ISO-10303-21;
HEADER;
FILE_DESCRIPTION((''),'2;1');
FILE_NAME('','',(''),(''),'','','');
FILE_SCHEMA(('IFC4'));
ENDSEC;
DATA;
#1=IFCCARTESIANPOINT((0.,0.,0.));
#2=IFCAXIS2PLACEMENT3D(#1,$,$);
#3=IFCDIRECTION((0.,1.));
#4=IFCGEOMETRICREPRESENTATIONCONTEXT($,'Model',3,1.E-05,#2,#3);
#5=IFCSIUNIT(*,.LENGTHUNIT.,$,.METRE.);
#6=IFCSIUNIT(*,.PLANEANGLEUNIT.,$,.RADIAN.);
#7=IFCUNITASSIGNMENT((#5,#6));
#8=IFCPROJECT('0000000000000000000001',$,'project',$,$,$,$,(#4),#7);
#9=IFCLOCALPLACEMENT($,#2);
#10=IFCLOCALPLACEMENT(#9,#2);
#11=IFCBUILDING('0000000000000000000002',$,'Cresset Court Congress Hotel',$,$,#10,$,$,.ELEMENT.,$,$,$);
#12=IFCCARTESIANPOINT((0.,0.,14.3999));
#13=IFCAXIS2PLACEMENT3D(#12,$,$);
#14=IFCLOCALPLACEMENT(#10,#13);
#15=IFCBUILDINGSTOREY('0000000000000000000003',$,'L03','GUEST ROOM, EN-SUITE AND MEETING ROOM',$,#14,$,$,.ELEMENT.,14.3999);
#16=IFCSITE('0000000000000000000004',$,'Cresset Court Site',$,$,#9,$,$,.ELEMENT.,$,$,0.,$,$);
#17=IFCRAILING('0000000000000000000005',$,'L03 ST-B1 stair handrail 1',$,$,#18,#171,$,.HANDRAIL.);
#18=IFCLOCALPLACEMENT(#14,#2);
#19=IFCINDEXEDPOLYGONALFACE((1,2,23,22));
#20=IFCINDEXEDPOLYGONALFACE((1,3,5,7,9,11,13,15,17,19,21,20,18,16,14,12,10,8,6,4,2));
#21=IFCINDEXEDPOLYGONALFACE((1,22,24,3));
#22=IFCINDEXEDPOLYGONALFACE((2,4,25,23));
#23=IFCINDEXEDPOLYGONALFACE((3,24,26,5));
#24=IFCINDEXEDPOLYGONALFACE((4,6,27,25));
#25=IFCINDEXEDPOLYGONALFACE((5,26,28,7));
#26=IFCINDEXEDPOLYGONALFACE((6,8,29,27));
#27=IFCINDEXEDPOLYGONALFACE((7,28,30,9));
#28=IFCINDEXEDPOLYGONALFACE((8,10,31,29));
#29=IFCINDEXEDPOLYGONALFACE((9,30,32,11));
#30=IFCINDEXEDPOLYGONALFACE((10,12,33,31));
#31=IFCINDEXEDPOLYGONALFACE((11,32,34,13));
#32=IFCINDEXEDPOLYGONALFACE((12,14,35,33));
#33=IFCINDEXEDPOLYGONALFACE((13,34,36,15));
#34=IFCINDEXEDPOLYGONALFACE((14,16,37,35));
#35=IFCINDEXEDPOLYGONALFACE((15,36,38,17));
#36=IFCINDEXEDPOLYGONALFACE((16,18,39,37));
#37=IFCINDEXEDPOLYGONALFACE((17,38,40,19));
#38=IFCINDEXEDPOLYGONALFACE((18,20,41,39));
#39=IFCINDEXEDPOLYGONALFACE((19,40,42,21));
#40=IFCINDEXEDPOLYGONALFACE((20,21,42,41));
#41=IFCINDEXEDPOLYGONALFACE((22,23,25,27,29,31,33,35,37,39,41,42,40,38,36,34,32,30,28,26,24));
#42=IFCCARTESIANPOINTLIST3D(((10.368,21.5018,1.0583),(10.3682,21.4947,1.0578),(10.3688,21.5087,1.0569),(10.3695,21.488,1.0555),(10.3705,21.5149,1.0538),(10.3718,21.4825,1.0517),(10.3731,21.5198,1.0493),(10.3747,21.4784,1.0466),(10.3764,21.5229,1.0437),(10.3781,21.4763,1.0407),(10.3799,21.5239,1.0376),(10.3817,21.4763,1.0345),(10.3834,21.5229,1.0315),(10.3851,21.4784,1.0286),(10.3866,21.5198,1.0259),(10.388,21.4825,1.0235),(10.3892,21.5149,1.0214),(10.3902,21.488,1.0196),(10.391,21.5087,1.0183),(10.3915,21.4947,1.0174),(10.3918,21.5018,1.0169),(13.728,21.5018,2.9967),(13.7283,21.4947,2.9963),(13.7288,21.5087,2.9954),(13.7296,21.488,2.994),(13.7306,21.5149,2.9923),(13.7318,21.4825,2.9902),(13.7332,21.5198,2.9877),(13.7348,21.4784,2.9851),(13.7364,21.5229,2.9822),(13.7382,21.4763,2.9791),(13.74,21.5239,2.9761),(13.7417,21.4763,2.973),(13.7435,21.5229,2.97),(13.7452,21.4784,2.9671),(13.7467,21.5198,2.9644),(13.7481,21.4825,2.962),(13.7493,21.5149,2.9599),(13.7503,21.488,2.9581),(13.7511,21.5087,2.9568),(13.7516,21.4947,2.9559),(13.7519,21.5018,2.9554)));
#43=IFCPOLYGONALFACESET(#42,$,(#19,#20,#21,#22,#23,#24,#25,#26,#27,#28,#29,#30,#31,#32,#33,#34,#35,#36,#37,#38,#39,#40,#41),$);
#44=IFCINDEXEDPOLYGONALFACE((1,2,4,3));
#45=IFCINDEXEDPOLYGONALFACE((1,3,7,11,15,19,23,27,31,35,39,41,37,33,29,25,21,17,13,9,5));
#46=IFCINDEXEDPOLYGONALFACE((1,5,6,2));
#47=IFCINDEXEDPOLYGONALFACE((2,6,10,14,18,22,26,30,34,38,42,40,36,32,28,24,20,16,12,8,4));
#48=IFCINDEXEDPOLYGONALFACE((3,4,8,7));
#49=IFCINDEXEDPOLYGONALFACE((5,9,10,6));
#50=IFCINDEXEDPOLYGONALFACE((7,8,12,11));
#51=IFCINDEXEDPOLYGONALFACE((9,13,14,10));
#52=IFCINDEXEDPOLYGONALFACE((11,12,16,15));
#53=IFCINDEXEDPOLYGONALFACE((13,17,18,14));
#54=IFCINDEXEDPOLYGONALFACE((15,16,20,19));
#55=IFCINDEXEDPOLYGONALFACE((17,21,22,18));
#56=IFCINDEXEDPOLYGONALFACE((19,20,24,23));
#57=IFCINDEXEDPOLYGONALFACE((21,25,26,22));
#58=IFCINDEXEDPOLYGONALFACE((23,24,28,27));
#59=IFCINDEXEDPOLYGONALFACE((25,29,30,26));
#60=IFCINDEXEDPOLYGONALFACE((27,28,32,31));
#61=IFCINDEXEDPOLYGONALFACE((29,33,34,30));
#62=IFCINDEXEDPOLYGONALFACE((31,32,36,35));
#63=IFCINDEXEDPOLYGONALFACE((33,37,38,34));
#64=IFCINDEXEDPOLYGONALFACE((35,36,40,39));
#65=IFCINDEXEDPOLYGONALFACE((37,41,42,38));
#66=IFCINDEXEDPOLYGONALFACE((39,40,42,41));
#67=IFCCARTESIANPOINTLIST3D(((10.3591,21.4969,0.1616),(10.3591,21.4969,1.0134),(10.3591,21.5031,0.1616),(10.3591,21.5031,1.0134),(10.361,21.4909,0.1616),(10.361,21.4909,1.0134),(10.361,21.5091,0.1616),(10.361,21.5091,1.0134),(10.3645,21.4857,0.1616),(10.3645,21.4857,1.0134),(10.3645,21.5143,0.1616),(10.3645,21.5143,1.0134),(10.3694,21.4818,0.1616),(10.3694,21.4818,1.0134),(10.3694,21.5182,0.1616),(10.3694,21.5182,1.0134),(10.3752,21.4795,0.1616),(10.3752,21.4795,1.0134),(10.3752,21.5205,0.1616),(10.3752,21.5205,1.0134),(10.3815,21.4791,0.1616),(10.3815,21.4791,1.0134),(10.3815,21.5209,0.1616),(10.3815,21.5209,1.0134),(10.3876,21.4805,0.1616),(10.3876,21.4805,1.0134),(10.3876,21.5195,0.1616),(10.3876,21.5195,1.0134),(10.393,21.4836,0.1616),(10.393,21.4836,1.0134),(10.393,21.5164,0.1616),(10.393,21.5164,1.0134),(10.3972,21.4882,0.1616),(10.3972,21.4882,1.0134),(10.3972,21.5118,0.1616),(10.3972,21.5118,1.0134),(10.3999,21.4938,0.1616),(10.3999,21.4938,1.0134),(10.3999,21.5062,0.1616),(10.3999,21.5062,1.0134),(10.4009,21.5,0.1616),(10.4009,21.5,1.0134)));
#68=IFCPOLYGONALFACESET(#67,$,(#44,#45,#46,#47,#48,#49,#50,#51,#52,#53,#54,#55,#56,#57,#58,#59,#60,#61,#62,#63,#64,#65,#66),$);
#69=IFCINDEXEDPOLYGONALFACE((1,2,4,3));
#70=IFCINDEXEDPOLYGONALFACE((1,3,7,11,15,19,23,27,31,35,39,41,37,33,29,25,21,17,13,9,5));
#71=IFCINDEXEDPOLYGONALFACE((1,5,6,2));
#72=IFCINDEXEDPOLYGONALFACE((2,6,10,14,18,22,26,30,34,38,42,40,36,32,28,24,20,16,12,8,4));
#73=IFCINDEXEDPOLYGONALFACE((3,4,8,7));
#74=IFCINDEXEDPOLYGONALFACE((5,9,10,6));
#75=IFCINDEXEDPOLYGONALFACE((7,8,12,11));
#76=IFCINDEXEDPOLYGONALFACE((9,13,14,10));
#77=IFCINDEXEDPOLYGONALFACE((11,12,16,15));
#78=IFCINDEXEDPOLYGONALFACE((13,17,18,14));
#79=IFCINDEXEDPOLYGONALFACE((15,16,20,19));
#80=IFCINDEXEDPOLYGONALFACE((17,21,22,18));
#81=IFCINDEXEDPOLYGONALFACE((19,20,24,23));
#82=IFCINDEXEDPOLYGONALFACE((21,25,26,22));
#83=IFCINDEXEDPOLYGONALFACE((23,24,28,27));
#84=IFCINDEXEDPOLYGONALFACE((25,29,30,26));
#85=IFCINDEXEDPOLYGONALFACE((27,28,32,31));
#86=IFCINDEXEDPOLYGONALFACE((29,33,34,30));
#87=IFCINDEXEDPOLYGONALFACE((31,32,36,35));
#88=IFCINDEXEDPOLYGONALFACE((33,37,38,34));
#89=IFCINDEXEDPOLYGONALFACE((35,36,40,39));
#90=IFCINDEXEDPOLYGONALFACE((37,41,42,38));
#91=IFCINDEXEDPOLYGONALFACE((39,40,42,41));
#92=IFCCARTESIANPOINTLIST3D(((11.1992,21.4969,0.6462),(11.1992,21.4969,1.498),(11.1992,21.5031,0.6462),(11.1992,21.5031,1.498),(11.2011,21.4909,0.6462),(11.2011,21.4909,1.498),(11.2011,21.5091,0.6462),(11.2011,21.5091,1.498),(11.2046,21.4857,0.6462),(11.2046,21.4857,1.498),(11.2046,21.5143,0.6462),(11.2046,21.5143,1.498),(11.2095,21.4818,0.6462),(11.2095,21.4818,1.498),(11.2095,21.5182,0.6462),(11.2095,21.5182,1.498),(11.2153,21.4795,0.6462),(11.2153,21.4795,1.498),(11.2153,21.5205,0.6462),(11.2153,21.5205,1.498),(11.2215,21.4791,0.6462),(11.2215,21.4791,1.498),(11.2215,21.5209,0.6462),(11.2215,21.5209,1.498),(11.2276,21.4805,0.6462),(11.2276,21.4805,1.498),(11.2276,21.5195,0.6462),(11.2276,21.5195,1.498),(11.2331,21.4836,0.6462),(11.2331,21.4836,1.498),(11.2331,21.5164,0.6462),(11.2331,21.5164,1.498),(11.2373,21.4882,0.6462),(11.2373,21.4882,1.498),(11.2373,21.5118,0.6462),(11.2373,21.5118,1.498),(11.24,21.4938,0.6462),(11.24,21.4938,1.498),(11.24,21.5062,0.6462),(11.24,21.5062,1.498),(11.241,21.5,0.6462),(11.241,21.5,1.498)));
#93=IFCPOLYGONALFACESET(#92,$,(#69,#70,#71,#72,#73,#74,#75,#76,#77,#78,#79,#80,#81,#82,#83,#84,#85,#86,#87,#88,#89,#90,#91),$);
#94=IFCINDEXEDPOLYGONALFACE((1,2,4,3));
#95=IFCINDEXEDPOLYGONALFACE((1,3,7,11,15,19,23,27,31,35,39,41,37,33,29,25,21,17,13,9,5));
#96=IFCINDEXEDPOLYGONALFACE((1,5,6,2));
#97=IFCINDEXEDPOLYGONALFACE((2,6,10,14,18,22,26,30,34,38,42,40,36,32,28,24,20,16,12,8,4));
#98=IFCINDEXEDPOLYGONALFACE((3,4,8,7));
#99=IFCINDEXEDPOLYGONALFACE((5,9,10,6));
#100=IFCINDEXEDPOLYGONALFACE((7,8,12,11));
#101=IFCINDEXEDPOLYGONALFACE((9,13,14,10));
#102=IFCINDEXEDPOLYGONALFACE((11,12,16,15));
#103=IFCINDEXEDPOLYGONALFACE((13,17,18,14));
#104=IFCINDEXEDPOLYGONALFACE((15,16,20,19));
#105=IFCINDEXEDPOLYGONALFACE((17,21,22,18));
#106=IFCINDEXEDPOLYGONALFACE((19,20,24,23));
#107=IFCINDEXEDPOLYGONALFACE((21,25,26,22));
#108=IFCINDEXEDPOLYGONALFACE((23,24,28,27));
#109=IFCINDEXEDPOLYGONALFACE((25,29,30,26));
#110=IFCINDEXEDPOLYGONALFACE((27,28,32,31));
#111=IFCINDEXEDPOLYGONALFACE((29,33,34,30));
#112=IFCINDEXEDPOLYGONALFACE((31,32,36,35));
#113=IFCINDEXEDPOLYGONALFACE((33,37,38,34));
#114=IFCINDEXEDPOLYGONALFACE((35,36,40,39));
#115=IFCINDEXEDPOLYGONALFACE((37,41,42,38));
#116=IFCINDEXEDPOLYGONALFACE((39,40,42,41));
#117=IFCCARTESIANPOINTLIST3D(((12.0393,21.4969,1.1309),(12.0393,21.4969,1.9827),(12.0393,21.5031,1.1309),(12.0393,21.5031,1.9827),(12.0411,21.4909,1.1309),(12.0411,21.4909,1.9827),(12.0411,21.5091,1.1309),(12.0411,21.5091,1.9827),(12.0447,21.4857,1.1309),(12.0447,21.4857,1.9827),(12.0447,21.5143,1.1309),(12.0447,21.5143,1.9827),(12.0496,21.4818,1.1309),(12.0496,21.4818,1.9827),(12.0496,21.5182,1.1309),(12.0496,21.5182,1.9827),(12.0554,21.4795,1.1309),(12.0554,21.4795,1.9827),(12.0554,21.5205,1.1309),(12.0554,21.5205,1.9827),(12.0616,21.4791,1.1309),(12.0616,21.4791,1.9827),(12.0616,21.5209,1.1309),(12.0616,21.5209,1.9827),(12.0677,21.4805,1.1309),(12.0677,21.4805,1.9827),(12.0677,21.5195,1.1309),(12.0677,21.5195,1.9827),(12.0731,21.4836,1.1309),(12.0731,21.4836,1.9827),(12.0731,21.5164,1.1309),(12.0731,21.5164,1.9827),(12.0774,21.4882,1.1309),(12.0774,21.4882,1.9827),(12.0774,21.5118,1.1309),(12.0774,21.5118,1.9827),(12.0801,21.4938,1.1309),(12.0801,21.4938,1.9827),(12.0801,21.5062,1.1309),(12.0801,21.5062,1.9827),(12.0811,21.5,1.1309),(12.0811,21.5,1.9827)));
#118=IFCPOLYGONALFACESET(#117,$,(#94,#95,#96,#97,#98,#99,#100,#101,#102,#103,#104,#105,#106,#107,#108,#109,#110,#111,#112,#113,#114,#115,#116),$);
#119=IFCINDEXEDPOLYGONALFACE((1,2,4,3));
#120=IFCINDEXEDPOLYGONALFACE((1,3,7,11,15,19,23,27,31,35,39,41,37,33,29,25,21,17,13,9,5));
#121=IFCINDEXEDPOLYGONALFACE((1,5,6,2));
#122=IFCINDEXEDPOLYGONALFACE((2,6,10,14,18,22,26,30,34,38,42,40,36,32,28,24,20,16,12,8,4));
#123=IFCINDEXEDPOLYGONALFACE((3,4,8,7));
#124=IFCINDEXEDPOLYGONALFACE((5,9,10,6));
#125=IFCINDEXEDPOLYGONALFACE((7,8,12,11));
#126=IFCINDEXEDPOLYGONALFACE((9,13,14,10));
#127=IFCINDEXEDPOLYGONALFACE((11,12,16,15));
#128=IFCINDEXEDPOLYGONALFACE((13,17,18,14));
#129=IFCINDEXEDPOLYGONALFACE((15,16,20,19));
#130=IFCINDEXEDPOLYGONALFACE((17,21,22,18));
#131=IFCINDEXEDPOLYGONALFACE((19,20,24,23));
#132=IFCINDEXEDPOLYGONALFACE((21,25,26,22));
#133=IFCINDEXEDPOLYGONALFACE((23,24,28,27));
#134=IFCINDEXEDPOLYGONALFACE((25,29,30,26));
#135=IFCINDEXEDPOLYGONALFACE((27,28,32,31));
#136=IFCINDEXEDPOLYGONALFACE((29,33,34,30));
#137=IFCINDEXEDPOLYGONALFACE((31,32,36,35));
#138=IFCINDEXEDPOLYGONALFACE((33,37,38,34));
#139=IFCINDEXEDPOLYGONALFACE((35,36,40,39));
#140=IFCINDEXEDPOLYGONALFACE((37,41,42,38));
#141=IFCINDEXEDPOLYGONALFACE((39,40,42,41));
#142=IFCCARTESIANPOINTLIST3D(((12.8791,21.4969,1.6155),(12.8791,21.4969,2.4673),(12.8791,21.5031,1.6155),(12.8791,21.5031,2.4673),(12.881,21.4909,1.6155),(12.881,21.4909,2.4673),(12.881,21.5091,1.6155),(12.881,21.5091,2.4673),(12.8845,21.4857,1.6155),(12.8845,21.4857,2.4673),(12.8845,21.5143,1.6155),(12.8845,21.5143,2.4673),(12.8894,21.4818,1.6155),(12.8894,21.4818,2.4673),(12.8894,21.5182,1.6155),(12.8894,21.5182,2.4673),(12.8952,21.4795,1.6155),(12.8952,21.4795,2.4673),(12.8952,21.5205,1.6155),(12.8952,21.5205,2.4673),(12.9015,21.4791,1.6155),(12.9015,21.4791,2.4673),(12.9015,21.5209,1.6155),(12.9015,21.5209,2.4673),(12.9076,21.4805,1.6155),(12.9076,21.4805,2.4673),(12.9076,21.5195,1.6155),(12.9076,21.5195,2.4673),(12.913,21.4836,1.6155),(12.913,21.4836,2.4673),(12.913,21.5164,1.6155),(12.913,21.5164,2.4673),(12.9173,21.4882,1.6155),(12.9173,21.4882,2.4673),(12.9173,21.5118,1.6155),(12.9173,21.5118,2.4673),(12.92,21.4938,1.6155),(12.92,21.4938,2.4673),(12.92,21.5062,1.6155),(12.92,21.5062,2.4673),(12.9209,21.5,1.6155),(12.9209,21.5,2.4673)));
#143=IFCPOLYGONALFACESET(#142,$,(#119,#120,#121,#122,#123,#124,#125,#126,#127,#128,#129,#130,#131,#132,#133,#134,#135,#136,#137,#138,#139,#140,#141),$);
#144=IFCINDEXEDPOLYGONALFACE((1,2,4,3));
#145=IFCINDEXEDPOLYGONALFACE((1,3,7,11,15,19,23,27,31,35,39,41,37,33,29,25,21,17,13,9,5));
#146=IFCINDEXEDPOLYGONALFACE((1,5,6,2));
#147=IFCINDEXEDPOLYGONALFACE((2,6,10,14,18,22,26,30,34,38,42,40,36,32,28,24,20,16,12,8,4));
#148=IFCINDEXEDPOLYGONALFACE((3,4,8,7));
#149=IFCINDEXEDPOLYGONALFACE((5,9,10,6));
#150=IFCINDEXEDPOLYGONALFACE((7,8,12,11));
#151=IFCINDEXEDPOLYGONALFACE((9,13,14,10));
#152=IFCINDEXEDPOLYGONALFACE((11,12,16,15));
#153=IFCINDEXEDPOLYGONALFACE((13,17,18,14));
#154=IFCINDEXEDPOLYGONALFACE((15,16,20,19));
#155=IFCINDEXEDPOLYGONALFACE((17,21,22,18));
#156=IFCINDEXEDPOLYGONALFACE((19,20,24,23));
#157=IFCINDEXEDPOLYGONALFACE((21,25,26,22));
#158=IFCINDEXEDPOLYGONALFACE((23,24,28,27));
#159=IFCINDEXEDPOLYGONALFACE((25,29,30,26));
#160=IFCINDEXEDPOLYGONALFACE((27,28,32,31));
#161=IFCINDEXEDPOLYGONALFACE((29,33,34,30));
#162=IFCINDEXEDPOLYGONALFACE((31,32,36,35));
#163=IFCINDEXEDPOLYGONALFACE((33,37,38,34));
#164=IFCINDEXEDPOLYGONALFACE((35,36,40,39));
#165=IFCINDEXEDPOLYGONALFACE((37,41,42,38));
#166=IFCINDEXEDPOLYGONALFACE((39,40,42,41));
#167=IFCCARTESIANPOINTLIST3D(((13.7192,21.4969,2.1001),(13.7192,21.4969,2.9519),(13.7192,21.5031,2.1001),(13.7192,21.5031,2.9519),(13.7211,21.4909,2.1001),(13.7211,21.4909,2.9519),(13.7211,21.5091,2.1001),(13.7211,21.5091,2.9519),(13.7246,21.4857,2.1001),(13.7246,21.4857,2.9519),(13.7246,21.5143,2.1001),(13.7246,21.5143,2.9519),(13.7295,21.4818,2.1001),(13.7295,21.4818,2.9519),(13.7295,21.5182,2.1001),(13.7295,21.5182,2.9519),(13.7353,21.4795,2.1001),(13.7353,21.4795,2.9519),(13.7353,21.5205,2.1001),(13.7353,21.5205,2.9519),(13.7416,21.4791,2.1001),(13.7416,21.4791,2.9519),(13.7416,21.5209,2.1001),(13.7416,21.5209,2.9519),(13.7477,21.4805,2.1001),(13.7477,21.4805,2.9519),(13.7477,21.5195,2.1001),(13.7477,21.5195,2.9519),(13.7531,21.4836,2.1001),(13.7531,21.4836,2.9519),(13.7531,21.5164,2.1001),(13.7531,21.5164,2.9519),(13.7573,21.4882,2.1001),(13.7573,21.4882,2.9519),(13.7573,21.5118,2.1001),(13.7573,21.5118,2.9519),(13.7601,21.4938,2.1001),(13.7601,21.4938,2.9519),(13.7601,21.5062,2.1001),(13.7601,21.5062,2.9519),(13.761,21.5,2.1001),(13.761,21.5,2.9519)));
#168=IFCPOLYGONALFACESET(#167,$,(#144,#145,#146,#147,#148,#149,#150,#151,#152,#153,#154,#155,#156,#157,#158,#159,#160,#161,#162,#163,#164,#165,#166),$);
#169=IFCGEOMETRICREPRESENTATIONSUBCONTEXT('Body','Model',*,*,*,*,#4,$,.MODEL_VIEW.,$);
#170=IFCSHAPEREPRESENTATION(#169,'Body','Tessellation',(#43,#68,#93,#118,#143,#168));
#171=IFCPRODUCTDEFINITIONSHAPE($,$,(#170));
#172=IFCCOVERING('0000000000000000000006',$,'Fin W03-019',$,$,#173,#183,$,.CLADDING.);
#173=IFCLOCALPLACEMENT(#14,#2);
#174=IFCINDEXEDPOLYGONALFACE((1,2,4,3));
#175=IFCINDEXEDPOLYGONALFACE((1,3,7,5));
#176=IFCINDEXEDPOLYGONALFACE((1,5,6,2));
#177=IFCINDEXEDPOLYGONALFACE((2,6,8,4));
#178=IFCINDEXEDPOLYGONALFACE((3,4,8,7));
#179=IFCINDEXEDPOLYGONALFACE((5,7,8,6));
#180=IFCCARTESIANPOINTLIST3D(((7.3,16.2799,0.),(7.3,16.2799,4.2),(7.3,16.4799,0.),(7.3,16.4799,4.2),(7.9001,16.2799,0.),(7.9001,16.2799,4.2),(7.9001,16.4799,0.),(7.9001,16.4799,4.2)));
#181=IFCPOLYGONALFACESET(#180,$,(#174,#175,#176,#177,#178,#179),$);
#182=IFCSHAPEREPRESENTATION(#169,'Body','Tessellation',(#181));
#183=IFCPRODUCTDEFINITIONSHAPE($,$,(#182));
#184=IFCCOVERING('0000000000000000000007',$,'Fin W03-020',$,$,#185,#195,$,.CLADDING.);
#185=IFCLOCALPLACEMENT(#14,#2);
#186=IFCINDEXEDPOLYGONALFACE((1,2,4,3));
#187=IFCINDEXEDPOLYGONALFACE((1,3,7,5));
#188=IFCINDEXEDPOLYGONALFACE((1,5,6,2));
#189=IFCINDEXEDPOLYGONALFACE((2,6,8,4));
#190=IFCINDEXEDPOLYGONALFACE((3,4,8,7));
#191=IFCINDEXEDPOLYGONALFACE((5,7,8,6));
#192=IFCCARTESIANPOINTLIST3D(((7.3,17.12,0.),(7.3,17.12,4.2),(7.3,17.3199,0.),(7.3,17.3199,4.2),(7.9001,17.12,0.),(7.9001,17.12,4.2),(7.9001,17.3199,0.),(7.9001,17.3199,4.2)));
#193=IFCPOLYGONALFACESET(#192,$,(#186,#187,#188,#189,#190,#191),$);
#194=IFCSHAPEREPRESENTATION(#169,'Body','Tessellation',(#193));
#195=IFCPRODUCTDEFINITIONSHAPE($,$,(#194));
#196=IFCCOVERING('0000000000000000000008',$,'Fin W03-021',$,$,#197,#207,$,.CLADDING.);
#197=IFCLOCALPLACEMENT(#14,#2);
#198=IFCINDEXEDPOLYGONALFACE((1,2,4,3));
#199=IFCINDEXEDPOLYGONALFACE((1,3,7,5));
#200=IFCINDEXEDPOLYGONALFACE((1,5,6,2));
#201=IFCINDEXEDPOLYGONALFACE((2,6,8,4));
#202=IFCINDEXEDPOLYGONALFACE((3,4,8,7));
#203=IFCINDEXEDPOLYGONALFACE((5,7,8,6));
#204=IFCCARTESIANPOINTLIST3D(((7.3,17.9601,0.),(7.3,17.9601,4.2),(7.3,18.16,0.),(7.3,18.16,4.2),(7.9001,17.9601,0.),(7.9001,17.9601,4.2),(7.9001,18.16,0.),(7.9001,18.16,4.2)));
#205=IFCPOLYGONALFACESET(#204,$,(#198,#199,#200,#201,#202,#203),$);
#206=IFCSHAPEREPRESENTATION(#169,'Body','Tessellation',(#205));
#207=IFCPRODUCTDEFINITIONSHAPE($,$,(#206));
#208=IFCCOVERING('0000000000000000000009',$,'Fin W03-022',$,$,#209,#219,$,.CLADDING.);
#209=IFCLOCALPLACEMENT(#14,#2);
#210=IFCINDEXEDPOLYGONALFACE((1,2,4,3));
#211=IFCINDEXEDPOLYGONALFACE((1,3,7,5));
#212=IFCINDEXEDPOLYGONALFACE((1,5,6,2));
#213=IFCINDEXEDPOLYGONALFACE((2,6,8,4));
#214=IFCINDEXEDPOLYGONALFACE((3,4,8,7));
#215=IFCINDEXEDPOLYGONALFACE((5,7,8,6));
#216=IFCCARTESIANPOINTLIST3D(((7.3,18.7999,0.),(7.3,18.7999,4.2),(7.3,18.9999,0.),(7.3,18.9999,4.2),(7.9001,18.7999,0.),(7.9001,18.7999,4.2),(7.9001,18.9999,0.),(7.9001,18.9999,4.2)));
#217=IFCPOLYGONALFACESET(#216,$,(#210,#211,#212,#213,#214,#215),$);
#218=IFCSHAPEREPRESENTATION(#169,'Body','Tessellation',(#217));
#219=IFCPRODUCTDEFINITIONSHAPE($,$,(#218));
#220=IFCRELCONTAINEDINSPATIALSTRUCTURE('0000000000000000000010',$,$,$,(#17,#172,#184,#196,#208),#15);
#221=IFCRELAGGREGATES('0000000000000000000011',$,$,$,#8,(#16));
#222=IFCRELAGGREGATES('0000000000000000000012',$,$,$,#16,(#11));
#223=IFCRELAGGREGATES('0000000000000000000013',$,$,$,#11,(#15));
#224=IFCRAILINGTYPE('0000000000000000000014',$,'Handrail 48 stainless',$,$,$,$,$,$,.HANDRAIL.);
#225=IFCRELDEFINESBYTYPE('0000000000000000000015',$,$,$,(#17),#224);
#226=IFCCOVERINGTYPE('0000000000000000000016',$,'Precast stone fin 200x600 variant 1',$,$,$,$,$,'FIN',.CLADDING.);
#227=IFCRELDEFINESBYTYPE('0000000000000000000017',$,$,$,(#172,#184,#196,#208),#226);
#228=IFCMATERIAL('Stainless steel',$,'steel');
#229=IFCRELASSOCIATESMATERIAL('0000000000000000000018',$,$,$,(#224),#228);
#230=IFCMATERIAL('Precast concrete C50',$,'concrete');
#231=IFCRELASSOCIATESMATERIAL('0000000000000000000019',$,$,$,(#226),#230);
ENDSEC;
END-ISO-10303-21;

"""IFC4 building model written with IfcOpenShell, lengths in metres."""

from ifc_helpers import new_model, si_unit, direction, frame, origin, origin_2d, place, context, subcontext, project, spatial, rectangle, circle, extrude, material, type_object, element, save


model = new_model("IFC4")

# Units and contexts
model_context = context("Model", 3, precision=1e-05, world=origin(), true_north=direction((0.0, 1.0)))
body_context = subcontext(model_context, "Body", "Model", "MODEL_VIEW")
ifc_project = project(units=[si_unit("LENGTHUNIT", "METRE"), si_unit("PLANEANGLEUNIT", "RADIAN")], contexts=[model_context])

# Site, building, storey
site_placement = place(None, origin())
site = spatial("IfcSite", under=ifc_project, at=site_placement, Name="Cresset Court Site", CompositionType="ELEMENT", RefElevation=0.0)
building_placement = place(site_placement, origin())
building = spatial("IfcBuilding", under=site, at=building_placement, Name="Cresset Court Congress Hotel", CompositionType="ELEMENT")
storey_placement = place(building_placement, frame((0.0, 0.0, 14.3999)))
storey = spatial("IfcBuildingStorey", under=building, at=storey_placement, Name="L03", Description="GUEST ROOM, EN-SUITE AND MEETING ROOM", CompositionType="ELEMENT", Elevation=14.3999)

# Railing
ifc_material_1 = material(Name="Stainless steel", Category="steel")
railing_type = type_object("IfcRailingType", Name="Handrail 48 stainless", PredefinedType="HANDRAIL", material=ifc_material_1)
railing_placement = place(storey_placement, frame((10.3799, 21.5, 0.1616)))
element("IfcRailing", 1, at=railing_placement, inside=storey, type_object=railing_type, Name="L03 ST-B1 stair handrail 1", PredefinedType="HANDRAIL", context=body_context, shape_type="SweptSolid", body=[
    extrude(circle(Radius=0.0239, at=origin_2d()), frame((0.0, 0.0, 0.876), z_axis=(0.866191, 0.0, 0.499713), x_axis=(0.0, 1.0, 0.0)), (0.0, 0.0, 1.0), 3.8792),
    extrude(circle(Radius=0.021, at=origin_2d()), origin(), (0.0, 0.0, 1.0), 0.8518),
    extrude(circle(Radius=0.021, at=origin_2d()), frame((0.8401, 0.0, 0.4846)), (0.0, 0.0, 1.0), 0.8518),
    extrude(circle(Radius=0.021, at=origin_2d()), frame((1.6802, 0.0, 0.9692)), (0.0, 0.0, 1.0), 0.8518),
    extrude(circle(Radius=0.021, at=origin_2d()), frame((2.52, 0.0, 1.4539)), (0.0, 0.0, 1.0), 0.8518),
    extrude(circle(Radius=0.021, at=origin_2d()), frame((3.3601, 0.0, 1.9385)), (0.0, 0.0, 1.0), 0.8518),
])

# Coverings
ifc_material_2 = material(Name="Precast concrete C50", Category="concrete")
covering_type = type_object("IfcCoveringType", Name="Precast stone fin 200x600 variant 1", ElementType="FIN", PredefinedType="CLADDING", material=ifc_material_2)
for number, where, z_axis, x_axis, name in (
    (2, (7.6001, 16.3799, 0.0), (0.0, 0.0, 1.0), (1.0, 0.0, 0.0), "Fin W03-019"),
    (3, (7.6001, 17.22, 0.0), (0.0, 0.0, 1.0), (1.0, 0.0, 0.0), "Fin W03-020"),
    (4, (7.6001, 18.0601, 0.0), (0.0, 0.0, 1.0), (1.0, 0.0, 0.0), "Fin W03-021"),
    (5, (7.6001, 18.8999, 0.0), (0.0, 0.0, 1.0), (1.0, 0.0, 0.0), "Fin W03-022"),
):
    element("IfcCovering", number, at=place(storey_placement, frame(where, z_axis=z_axis, x_axis=x_axis)), inside=storey, type_object=covering_type, Name=name, PredefinedType="CLADDING", context=body_context, shape_type="SweptSolid", body=[
        extrude(rectangle(XDim=0.6001, YDim=0.2, at=origin_2d()), origin(), (0.0, 0.0, 1.0), 4.2),
    ])

save(model, "model.ifc")
